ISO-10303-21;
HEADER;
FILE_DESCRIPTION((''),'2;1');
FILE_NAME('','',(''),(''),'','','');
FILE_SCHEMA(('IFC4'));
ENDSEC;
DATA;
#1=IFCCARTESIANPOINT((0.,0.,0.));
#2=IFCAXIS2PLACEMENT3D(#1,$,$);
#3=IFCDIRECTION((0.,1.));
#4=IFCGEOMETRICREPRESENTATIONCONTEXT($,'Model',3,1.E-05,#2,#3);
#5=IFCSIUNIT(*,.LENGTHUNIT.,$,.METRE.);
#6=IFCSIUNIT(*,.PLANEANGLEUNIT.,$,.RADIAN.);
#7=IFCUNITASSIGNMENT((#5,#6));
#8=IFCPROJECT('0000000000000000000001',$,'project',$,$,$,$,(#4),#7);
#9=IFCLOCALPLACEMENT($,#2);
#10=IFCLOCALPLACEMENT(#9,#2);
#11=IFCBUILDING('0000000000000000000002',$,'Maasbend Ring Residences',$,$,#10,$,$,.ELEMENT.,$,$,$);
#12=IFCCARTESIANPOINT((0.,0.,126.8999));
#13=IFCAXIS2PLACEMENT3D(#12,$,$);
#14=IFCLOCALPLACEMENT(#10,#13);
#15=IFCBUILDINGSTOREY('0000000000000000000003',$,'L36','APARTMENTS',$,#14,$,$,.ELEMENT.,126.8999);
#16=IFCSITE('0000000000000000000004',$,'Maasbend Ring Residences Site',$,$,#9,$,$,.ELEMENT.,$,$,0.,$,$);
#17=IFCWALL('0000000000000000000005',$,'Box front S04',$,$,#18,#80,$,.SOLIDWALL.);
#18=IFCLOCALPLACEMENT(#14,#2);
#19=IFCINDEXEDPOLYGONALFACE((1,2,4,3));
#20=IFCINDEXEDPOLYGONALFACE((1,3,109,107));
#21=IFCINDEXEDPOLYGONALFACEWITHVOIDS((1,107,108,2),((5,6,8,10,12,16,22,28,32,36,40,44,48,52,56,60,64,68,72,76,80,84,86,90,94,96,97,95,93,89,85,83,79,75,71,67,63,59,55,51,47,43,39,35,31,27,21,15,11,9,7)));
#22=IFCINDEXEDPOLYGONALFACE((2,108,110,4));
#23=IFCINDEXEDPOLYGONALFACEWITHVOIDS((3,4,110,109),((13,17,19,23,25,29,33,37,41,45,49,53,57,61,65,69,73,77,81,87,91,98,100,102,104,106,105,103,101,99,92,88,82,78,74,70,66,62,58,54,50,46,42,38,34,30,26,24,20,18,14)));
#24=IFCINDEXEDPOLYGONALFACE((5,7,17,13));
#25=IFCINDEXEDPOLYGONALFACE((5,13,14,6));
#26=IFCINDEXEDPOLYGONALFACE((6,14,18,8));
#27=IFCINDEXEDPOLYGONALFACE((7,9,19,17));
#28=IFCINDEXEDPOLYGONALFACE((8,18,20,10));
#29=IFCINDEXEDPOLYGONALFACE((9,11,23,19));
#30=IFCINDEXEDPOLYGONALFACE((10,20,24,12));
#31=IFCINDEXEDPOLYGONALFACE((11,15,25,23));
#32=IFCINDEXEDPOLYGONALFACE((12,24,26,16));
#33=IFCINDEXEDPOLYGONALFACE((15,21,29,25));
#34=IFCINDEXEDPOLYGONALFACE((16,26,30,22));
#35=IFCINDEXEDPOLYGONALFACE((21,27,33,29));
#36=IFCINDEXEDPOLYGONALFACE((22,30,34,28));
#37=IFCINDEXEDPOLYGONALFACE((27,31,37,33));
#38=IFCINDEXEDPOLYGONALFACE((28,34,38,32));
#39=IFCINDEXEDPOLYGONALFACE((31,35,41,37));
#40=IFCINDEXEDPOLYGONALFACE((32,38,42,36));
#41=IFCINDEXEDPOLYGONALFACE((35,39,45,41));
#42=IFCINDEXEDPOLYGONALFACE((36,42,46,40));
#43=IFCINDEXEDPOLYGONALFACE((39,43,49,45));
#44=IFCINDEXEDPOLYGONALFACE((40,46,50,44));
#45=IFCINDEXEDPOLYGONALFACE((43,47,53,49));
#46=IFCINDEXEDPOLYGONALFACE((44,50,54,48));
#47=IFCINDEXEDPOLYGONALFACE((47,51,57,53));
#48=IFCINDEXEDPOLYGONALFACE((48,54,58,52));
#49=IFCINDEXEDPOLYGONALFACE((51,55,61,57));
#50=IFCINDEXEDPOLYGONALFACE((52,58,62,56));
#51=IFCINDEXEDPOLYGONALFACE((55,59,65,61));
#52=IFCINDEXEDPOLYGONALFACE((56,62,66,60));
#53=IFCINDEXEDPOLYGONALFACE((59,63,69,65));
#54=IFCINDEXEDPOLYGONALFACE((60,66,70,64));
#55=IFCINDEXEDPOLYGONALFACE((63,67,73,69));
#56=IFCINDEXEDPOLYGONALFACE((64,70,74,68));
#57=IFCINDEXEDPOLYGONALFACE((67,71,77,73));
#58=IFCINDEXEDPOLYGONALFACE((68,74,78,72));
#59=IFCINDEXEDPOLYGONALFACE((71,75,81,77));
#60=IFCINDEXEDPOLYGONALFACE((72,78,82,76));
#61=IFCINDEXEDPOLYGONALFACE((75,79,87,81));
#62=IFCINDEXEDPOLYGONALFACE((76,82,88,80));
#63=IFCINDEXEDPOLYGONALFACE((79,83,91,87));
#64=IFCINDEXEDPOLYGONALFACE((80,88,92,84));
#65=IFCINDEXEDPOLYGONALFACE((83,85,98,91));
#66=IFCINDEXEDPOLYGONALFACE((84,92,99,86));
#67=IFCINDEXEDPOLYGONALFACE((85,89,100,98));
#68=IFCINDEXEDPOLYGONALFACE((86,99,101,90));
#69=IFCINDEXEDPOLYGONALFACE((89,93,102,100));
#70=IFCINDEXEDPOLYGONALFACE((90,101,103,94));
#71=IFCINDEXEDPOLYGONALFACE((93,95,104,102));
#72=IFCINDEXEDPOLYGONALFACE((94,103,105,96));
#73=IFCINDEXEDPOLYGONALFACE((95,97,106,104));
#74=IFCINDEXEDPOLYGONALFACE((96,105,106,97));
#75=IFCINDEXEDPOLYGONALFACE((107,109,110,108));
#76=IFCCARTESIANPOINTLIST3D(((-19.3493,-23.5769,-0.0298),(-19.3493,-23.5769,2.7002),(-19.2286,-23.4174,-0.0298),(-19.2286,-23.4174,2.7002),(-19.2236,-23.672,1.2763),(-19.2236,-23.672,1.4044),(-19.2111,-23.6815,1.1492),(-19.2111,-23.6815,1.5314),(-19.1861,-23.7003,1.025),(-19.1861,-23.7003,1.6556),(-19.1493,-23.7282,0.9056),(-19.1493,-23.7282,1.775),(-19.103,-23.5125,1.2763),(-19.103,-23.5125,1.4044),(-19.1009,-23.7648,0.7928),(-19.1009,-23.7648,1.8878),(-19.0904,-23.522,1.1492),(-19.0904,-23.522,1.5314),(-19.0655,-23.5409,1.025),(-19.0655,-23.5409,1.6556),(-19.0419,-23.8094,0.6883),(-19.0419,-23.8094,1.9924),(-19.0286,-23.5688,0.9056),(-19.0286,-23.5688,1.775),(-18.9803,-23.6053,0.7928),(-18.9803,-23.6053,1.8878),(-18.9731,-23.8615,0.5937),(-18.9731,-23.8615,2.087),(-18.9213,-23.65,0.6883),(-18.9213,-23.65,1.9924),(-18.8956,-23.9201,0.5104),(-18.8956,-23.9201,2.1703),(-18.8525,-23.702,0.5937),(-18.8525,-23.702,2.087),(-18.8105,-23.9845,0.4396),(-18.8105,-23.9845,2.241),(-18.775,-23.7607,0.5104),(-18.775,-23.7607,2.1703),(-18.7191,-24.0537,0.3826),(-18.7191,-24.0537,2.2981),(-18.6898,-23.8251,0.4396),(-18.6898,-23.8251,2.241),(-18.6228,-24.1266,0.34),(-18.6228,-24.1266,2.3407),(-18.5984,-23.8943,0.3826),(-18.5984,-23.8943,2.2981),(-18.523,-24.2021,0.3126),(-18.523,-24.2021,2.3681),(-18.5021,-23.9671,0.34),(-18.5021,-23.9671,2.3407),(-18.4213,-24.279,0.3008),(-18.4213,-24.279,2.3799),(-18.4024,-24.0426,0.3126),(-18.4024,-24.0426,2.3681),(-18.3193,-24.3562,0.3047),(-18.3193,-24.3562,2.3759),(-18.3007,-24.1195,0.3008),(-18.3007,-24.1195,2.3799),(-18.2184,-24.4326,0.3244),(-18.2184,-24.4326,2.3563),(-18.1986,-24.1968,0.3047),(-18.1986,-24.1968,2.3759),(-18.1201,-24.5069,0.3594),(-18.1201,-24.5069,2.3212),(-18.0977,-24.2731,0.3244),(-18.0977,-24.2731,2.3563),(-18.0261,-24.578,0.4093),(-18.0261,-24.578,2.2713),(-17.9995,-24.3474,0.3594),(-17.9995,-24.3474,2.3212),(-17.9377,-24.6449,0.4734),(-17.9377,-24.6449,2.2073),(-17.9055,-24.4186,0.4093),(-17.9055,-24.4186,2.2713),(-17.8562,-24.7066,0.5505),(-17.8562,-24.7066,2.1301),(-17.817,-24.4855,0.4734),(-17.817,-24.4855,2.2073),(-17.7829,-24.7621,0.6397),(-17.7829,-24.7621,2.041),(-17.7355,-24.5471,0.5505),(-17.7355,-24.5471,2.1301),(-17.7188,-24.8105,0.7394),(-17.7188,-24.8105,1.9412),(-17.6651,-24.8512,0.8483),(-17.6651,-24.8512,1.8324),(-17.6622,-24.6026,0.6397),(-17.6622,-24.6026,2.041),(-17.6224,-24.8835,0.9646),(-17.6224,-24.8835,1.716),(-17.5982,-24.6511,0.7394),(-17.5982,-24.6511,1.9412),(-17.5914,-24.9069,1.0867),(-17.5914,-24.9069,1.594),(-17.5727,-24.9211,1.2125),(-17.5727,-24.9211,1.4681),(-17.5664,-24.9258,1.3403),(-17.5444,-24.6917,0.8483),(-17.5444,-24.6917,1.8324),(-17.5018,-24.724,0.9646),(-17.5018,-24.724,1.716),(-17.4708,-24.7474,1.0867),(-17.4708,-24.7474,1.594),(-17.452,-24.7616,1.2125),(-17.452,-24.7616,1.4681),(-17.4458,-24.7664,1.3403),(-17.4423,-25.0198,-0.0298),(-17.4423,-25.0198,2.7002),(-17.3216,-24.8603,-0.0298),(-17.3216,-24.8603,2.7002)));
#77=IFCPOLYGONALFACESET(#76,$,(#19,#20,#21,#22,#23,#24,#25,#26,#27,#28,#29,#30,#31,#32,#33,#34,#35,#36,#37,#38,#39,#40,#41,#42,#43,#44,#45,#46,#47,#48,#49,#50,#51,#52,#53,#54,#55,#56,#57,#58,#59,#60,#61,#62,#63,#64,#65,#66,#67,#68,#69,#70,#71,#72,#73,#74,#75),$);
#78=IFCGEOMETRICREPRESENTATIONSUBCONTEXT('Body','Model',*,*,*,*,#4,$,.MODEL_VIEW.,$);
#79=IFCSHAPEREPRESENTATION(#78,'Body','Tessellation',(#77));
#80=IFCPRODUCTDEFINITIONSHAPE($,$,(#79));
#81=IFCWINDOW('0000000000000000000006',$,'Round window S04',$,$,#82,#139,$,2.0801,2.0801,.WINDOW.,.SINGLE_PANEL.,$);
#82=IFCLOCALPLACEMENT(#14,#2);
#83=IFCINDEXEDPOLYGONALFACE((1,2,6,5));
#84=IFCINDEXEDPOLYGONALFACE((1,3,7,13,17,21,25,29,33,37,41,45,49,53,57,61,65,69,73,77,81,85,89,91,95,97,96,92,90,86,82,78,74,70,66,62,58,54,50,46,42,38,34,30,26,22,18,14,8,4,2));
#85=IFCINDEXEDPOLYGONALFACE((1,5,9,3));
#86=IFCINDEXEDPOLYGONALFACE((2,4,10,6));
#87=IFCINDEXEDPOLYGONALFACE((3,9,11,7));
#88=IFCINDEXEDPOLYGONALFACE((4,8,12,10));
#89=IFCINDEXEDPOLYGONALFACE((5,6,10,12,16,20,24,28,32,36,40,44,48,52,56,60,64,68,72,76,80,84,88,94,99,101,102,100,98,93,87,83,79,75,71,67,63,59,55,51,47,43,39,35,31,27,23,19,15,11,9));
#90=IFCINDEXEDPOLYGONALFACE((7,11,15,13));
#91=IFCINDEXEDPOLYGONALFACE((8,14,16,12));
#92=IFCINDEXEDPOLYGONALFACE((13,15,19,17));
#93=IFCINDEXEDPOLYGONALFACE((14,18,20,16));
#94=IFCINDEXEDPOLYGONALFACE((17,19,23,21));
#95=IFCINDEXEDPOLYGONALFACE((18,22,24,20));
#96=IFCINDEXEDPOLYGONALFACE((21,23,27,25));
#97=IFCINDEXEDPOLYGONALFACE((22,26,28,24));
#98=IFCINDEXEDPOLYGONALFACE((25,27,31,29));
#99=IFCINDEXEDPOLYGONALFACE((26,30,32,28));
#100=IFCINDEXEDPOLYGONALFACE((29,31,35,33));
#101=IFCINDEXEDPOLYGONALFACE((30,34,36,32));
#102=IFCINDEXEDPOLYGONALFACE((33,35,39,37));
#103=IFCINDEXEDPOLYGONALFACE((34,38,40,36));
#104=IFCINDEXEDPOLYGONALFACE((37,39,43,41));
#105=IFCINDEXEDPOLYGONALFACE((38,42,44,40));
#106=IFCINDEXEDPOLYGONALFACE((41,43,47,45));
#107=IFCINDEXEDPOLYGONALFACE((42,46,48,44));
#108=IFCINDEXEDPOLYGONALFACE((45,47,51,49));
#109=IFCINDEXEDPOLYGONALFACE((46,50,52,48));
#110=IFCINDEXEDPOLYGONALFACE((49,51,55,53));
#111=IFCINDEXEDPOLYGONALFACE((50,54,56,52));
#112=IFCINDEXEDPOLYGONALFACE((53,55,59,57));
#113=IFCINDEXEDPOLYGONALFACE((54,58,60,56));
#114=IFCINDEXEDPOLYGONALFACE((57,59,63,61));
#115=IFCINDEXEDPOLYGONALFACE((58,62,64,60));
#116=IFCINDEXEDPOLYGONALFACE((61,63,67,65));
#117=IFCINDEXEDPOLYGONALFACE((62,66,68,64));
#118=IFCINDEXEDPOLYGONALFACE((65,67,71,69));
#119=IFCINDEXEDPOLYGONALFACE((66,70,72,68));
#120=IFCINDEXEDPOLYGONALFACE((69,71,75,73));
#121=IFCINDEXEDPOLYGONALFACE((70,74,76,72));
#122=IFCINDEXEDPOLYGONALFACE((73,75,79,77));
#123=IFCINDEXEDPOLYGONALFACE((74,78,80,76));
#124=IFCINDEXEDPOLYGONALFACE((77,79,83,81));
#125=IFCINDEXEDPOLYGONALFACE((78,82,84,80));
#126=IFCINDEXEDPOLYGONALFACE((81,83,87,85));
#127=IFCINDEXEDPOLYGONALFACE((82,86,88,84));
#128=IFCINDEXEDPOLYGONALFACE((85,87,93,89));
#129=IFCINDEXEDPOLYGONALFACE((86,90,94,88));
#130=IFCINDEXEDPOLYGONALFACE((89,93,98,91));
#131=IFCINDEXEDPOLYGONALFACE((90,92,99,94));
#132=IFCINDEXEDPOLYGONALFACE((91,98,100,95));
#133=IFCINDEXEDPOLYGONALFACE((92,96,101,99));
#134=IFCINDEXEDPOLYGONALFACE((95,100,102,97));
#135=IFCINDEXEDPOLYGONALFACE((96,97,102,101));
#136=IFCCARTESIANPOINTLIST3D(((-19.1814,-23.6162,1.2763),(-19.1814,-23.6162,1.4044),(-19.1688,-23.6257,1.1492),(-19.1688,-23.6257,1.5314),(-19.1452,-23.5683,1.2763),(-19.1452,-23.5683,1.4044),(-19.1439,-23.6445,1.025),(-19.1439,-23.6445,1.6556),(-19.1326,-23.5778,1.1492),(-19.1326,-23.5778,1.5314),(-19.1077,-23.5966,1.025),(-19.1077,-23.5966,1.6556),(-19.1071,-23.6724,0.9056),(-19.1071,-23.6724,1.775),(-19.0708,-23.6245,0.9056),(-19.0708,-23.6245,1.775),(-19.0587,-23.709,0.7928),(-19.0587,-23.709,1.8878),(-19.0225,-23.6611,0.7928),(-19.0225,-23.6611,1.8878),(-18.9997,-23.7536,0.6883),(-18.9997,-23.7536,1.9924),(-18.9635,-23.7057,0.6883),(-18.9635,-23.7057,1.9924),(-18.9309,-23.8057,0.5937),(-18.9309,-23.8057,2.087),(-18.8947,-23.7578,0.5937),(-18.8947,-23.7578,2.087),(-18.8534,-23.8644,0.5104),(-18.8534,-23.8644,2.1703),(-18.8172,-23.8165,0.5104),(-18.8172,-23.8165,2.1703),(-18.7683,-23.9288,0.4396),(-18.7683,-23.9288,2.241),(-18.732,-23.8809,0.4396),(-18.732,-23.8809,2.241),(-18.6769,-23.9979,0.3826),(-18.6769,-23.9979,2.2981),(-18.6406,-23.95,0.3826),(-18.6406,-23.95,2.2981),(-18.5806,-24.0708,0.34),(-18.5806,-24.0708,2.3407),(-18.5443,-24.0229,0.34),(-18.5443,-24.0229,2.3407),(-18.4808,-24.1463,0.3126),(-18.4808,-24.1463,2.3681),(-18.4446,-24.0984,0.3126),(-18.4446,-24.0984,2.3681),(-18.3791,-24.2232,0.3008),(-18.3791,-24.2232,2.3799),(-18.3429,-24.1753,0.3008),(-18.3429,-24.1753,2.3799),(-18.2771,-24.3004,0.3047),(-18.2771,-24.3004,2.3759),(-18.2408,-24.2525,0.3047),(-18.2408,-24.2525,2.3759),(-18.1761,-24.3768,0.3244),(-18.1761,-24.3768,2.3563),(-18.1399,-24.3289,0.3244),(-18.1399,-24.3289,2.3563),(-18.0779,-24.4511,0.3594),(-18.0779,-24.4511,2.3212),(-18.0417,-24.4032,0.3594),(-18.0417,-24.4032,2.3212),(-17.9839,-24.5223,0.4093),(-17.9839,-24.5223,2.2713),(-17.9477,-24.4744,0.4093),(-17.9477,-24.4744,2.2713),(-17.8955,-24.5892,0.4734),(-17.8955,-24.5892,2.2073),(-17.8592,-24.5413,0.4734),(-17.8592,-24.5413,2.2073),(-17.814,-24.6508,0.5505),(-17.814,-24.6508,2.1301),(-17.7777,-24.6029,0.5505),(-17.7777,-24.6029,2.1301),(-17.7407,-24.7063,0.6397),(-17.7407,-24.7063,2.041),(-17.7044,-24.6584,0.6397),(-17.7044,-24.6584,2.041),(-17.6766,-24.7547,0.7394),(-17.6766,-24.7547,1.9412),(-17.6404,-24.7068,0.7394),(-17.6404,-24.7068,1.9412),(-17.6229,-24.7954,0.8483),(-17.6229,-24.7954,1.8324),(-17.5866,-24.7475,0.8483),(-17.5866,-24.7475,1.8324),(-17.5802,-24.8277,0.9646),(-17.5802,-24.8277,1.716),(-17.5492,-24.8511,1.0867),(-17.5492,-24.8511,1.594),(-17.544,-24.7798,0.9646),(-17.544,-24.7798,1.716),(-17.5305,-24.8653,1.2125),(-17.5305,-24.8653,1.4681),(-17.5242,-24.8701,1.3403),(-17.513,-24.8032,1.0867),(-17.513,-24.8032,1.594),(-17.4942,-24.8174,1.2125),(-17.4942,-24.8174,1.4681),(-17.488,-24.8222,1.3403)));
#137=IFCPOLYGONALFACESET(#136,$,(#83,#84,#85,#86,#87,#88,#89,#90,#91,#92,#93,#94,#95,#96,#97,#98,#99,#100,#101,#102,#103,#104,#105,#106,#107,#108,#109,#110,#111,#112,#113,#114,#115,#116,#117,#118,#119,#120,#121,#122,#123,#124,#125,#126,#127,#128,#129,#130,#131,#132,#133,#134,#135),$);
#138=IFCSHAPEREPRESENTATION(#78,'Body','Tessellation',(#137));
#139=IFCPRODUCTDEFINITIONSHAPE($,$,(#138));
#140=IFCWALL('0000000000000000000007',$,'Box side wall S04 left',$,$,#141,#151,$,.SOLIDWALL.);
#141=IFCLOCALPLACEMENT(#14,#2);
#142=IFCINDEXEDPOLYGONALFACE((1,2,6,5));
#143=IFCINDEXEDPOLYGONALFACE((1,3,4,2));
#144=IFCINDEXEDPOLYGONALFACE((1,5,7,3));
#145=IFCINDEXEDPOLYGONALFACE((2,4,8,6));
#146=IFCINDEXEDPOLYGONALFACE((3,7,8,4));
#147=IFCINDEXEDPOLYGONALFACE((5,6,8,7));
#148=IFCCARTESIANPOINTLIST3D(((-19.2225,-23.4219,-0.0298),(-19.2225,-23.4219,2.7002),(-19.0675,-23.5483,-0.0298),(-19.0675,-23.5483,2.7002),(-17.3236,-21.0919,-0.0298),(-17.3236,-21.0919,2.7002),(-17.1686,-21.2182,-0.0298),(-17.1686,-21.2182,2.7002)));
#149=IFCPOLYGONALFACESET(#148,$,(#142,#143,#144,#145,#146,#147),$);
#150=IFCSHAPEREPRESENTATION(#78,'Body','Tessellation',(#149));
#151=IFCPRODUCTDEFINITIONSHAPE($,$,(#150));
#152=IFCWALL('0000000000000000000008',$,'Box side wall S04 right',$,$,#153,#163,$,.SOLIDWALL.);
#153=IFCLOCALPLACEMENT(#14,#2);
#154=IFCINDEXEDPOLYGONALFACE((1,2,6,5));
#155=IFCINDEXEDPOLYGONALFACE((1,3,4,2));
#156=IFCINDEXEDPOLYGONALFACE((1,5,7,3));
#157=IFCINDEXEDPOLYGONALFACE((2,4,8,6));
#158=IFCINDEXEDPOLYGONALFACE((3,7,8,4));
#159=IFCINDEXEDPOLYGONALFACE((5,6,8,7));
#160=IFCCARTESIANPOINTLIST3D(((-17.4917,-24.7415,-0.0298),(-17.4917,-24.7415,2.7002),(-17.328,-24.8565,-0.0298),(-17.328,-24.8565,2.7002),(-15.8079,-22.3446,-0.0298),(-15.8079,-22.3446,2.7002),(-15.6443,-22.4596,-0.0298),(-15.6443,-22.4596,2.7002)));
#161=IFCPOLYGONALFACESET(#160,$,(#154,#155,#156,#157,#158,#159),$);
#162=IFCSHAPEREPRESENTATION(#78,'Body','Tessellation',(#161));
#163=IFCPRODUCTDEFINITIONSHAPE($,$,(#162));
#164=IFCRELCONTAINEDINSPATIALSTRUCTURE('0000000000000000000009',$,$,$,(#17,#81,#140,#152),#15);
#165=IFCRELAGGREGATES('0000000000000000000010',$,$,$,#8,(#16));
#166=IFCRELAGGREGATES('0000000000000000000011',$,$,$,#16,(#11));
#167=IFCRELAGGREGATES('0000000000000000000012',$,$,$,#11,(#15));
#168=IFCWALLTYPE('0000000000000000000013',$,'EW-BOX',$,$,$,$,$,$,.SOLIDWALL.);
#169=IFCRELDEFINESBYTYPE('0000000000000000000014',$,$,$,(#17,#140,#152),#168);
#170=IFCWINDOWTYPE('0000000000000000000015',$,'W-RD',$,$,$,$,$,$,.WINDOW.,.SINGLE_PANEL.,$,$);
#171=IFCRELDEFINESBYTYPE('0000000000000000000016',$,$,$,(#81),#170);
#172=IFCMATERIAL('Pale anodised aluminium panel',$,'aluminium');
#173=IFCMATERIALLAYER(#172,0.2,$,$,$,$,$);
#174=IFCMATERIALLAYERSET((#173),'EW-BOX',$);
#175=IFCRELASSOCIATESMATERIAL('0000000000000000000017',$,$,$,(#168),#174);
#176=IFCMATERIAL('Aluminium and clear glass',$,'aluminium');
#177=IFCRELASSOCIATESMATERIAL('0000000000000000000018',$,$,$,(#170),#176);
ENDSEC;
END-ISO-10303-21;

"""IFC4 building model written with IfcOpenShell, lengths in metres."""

from ifc_helpers import new_model, si_unit, direction, frame, frame_2d, origin, place, context, subcontext, project, spatial, rectangle, circle, extrude, material, layer, layer_set, type_object, element, fill, save


model = new_model("IFC4")

# Units and contexts
model_context = context("Model", 3, precision=1e-05, world=origin(), true_north=direction((0.0, 1.0)))
body_context = subcontext(model_context, "Body", "Model", "MODEL_VIEW")
ifc_project = project(units=[si_unit("LENGTHUNIT", "METRE"), si_unit("PLANEANGLEUNIT", "RADIAN")], contexts=[model_context])

# Site, building, storey
site_placement = place(None, origin())
site = spatial("IfcSite", under=ifc_project, at=site_placement, Name="Maasbend Ring Residences Site", CompositionType="ELEMENT", RefElevation=0.0)
building_placement = place(site_placement, origin())
building = spatial("IfcBuilding", under=site, at=building_placement, Name="Maasbend Ring Residences", CompositionType="ELEMENT")
storey_placement = place(building_placement, frame((0.0, 0.0, 126.8999)))
storey = spatial("IfcBuildingStorey", under=building, at=storey_placement, Name="L36", Description="APARTMENTS", CompositionType="ELEMENT", Elevation=126.8999)

# Shared definitions
ifc_material_1 = material(Name="Pale anodised aluminium panel", Category="aluminium")
ifc_layer_1 = layer(ifc_material_1, 0.2)
ifc_layer_set_1 = layer_set([ifc_layer_1], Name="EW-BOX")
wall_type_1 = type_object("IfcWallType", Name="EW-BOX", PredefinedType="SOLIDWALL", material=ifc_layer_set_1)
ifc_material_2 = material(Name="Aluminium and clear glass", Category="aluminium")
window_type_1 = type_object("IfcWindowType", Name="W-RD", PartitioningType="SINGLE_PANEL", PredefinedType="WINDOW", material=ifc_material_2)

# Wall, opening, window
wall_1_placement = place(storey_placement, frame((-19.2891, -23.4971, -0.0298), z_axis=(0.0, 0.0, 1.0), x_axis=(0.797457, -0.603376, 0.0)))
wall_1 = element("IfcWall", 1, at=wall_1_placement, inside=storey, type_object=wall_type_1, Name="Box front S04", PredefinedType="SOLIDWALL", context=body_context, shape_type="SweptSolid", body=[
    extrude(rectangle(XDim=2.3914, YDim=0.2, at=frame_2d((1.1958, 0.0))), origin(), (0.0, 0.0, 1.0), 2.73),
])
opening_1_placement = place(wall_1_placement, frame((0.1558, 0.0, 0.3301)))
opening_1 = element("IfcOpeningElement", 2, at=opening_1_placement, cuts=wall_1, PredefinedType="OPENING", context=body_context, shape_type="SweptSolid", body=[
    extrude(circle(Radius=1.04, at=frame_2d((1.04, 1.04))), frame((0.0, 0.1099, 0.0), z_axis=(0.0, -1.0, 0.0), x_axis=(1.0, 0.0, 0.0)), (0.0, 0.0, 1.0), 0.22),
])
window_1_placement = place(opening_1_placement, origin())
window_1 = element("IfcWindow", 3, at=window_1_placement, inside=storey, type_object=window_type_1, Name="Round window S04", OverallHeight=2.0801, OverallWidth=2.0801, PartitioningType="SINGLE_PANEL", PredefinedType="WINDOW", context=body_context, shape_type="SweptSolid", body=[
    extrude(circle(Radius=1.04, at=frame_2d((1.04, 1.04))), frame((0.0, 0.03, 0.0), z_axis=(0.0, -1.0, 0.0), x_axis=(1.0, 0.0, 0.0)), (0.0, 0.0, 1.0), 0.0601),
])
fill(opening_1, window_1)

# Walls
wall_2_placement = place(storey_placement, frame((-17.2461, -21.155, -0.0298), z_axis=(0.0, 0.0, 1.0), x_axis=(-0.631742, -0.775179, 0.0)))
element("IfcWall", 4, at=wall_2_placement, inside=storey, type_object=wall_type_1, Name="Box side wall S04 left", PredefinedType="SOLIDWALL", context=body_context, shape_type="SweptSolid", body=[
    extrude(rectangle(XDim=3.0059, YDim=0.2, at=frame_2d((1.5029, 0.0))), origin(), (0.0, 0.0, 1.0), 2.73),
])
wall_3_placement = place(storey_placement, frame((-15.7261, -22.4021, -0.0298), z_axis=(0.0, 0.0, 1.0), x_axis=(-0.574826, -0.818275, 0.0)))
element("IfcWall", 5, at=wall_3_placement, inside=storey, type_object=wall_type_1, Name="Box side wall S04 right", PredefinedType="SOLIDWALL", context=body_context, shape_type="SweptSolid", body=[
    extrude(rectangle(XDim=2.9292, YDim=0.2, at=frame_2d((1.4646, 0.0))), origin(), (0.0, 0.0, 1.0), 2.73),
])

save(model, "model.ifc")
